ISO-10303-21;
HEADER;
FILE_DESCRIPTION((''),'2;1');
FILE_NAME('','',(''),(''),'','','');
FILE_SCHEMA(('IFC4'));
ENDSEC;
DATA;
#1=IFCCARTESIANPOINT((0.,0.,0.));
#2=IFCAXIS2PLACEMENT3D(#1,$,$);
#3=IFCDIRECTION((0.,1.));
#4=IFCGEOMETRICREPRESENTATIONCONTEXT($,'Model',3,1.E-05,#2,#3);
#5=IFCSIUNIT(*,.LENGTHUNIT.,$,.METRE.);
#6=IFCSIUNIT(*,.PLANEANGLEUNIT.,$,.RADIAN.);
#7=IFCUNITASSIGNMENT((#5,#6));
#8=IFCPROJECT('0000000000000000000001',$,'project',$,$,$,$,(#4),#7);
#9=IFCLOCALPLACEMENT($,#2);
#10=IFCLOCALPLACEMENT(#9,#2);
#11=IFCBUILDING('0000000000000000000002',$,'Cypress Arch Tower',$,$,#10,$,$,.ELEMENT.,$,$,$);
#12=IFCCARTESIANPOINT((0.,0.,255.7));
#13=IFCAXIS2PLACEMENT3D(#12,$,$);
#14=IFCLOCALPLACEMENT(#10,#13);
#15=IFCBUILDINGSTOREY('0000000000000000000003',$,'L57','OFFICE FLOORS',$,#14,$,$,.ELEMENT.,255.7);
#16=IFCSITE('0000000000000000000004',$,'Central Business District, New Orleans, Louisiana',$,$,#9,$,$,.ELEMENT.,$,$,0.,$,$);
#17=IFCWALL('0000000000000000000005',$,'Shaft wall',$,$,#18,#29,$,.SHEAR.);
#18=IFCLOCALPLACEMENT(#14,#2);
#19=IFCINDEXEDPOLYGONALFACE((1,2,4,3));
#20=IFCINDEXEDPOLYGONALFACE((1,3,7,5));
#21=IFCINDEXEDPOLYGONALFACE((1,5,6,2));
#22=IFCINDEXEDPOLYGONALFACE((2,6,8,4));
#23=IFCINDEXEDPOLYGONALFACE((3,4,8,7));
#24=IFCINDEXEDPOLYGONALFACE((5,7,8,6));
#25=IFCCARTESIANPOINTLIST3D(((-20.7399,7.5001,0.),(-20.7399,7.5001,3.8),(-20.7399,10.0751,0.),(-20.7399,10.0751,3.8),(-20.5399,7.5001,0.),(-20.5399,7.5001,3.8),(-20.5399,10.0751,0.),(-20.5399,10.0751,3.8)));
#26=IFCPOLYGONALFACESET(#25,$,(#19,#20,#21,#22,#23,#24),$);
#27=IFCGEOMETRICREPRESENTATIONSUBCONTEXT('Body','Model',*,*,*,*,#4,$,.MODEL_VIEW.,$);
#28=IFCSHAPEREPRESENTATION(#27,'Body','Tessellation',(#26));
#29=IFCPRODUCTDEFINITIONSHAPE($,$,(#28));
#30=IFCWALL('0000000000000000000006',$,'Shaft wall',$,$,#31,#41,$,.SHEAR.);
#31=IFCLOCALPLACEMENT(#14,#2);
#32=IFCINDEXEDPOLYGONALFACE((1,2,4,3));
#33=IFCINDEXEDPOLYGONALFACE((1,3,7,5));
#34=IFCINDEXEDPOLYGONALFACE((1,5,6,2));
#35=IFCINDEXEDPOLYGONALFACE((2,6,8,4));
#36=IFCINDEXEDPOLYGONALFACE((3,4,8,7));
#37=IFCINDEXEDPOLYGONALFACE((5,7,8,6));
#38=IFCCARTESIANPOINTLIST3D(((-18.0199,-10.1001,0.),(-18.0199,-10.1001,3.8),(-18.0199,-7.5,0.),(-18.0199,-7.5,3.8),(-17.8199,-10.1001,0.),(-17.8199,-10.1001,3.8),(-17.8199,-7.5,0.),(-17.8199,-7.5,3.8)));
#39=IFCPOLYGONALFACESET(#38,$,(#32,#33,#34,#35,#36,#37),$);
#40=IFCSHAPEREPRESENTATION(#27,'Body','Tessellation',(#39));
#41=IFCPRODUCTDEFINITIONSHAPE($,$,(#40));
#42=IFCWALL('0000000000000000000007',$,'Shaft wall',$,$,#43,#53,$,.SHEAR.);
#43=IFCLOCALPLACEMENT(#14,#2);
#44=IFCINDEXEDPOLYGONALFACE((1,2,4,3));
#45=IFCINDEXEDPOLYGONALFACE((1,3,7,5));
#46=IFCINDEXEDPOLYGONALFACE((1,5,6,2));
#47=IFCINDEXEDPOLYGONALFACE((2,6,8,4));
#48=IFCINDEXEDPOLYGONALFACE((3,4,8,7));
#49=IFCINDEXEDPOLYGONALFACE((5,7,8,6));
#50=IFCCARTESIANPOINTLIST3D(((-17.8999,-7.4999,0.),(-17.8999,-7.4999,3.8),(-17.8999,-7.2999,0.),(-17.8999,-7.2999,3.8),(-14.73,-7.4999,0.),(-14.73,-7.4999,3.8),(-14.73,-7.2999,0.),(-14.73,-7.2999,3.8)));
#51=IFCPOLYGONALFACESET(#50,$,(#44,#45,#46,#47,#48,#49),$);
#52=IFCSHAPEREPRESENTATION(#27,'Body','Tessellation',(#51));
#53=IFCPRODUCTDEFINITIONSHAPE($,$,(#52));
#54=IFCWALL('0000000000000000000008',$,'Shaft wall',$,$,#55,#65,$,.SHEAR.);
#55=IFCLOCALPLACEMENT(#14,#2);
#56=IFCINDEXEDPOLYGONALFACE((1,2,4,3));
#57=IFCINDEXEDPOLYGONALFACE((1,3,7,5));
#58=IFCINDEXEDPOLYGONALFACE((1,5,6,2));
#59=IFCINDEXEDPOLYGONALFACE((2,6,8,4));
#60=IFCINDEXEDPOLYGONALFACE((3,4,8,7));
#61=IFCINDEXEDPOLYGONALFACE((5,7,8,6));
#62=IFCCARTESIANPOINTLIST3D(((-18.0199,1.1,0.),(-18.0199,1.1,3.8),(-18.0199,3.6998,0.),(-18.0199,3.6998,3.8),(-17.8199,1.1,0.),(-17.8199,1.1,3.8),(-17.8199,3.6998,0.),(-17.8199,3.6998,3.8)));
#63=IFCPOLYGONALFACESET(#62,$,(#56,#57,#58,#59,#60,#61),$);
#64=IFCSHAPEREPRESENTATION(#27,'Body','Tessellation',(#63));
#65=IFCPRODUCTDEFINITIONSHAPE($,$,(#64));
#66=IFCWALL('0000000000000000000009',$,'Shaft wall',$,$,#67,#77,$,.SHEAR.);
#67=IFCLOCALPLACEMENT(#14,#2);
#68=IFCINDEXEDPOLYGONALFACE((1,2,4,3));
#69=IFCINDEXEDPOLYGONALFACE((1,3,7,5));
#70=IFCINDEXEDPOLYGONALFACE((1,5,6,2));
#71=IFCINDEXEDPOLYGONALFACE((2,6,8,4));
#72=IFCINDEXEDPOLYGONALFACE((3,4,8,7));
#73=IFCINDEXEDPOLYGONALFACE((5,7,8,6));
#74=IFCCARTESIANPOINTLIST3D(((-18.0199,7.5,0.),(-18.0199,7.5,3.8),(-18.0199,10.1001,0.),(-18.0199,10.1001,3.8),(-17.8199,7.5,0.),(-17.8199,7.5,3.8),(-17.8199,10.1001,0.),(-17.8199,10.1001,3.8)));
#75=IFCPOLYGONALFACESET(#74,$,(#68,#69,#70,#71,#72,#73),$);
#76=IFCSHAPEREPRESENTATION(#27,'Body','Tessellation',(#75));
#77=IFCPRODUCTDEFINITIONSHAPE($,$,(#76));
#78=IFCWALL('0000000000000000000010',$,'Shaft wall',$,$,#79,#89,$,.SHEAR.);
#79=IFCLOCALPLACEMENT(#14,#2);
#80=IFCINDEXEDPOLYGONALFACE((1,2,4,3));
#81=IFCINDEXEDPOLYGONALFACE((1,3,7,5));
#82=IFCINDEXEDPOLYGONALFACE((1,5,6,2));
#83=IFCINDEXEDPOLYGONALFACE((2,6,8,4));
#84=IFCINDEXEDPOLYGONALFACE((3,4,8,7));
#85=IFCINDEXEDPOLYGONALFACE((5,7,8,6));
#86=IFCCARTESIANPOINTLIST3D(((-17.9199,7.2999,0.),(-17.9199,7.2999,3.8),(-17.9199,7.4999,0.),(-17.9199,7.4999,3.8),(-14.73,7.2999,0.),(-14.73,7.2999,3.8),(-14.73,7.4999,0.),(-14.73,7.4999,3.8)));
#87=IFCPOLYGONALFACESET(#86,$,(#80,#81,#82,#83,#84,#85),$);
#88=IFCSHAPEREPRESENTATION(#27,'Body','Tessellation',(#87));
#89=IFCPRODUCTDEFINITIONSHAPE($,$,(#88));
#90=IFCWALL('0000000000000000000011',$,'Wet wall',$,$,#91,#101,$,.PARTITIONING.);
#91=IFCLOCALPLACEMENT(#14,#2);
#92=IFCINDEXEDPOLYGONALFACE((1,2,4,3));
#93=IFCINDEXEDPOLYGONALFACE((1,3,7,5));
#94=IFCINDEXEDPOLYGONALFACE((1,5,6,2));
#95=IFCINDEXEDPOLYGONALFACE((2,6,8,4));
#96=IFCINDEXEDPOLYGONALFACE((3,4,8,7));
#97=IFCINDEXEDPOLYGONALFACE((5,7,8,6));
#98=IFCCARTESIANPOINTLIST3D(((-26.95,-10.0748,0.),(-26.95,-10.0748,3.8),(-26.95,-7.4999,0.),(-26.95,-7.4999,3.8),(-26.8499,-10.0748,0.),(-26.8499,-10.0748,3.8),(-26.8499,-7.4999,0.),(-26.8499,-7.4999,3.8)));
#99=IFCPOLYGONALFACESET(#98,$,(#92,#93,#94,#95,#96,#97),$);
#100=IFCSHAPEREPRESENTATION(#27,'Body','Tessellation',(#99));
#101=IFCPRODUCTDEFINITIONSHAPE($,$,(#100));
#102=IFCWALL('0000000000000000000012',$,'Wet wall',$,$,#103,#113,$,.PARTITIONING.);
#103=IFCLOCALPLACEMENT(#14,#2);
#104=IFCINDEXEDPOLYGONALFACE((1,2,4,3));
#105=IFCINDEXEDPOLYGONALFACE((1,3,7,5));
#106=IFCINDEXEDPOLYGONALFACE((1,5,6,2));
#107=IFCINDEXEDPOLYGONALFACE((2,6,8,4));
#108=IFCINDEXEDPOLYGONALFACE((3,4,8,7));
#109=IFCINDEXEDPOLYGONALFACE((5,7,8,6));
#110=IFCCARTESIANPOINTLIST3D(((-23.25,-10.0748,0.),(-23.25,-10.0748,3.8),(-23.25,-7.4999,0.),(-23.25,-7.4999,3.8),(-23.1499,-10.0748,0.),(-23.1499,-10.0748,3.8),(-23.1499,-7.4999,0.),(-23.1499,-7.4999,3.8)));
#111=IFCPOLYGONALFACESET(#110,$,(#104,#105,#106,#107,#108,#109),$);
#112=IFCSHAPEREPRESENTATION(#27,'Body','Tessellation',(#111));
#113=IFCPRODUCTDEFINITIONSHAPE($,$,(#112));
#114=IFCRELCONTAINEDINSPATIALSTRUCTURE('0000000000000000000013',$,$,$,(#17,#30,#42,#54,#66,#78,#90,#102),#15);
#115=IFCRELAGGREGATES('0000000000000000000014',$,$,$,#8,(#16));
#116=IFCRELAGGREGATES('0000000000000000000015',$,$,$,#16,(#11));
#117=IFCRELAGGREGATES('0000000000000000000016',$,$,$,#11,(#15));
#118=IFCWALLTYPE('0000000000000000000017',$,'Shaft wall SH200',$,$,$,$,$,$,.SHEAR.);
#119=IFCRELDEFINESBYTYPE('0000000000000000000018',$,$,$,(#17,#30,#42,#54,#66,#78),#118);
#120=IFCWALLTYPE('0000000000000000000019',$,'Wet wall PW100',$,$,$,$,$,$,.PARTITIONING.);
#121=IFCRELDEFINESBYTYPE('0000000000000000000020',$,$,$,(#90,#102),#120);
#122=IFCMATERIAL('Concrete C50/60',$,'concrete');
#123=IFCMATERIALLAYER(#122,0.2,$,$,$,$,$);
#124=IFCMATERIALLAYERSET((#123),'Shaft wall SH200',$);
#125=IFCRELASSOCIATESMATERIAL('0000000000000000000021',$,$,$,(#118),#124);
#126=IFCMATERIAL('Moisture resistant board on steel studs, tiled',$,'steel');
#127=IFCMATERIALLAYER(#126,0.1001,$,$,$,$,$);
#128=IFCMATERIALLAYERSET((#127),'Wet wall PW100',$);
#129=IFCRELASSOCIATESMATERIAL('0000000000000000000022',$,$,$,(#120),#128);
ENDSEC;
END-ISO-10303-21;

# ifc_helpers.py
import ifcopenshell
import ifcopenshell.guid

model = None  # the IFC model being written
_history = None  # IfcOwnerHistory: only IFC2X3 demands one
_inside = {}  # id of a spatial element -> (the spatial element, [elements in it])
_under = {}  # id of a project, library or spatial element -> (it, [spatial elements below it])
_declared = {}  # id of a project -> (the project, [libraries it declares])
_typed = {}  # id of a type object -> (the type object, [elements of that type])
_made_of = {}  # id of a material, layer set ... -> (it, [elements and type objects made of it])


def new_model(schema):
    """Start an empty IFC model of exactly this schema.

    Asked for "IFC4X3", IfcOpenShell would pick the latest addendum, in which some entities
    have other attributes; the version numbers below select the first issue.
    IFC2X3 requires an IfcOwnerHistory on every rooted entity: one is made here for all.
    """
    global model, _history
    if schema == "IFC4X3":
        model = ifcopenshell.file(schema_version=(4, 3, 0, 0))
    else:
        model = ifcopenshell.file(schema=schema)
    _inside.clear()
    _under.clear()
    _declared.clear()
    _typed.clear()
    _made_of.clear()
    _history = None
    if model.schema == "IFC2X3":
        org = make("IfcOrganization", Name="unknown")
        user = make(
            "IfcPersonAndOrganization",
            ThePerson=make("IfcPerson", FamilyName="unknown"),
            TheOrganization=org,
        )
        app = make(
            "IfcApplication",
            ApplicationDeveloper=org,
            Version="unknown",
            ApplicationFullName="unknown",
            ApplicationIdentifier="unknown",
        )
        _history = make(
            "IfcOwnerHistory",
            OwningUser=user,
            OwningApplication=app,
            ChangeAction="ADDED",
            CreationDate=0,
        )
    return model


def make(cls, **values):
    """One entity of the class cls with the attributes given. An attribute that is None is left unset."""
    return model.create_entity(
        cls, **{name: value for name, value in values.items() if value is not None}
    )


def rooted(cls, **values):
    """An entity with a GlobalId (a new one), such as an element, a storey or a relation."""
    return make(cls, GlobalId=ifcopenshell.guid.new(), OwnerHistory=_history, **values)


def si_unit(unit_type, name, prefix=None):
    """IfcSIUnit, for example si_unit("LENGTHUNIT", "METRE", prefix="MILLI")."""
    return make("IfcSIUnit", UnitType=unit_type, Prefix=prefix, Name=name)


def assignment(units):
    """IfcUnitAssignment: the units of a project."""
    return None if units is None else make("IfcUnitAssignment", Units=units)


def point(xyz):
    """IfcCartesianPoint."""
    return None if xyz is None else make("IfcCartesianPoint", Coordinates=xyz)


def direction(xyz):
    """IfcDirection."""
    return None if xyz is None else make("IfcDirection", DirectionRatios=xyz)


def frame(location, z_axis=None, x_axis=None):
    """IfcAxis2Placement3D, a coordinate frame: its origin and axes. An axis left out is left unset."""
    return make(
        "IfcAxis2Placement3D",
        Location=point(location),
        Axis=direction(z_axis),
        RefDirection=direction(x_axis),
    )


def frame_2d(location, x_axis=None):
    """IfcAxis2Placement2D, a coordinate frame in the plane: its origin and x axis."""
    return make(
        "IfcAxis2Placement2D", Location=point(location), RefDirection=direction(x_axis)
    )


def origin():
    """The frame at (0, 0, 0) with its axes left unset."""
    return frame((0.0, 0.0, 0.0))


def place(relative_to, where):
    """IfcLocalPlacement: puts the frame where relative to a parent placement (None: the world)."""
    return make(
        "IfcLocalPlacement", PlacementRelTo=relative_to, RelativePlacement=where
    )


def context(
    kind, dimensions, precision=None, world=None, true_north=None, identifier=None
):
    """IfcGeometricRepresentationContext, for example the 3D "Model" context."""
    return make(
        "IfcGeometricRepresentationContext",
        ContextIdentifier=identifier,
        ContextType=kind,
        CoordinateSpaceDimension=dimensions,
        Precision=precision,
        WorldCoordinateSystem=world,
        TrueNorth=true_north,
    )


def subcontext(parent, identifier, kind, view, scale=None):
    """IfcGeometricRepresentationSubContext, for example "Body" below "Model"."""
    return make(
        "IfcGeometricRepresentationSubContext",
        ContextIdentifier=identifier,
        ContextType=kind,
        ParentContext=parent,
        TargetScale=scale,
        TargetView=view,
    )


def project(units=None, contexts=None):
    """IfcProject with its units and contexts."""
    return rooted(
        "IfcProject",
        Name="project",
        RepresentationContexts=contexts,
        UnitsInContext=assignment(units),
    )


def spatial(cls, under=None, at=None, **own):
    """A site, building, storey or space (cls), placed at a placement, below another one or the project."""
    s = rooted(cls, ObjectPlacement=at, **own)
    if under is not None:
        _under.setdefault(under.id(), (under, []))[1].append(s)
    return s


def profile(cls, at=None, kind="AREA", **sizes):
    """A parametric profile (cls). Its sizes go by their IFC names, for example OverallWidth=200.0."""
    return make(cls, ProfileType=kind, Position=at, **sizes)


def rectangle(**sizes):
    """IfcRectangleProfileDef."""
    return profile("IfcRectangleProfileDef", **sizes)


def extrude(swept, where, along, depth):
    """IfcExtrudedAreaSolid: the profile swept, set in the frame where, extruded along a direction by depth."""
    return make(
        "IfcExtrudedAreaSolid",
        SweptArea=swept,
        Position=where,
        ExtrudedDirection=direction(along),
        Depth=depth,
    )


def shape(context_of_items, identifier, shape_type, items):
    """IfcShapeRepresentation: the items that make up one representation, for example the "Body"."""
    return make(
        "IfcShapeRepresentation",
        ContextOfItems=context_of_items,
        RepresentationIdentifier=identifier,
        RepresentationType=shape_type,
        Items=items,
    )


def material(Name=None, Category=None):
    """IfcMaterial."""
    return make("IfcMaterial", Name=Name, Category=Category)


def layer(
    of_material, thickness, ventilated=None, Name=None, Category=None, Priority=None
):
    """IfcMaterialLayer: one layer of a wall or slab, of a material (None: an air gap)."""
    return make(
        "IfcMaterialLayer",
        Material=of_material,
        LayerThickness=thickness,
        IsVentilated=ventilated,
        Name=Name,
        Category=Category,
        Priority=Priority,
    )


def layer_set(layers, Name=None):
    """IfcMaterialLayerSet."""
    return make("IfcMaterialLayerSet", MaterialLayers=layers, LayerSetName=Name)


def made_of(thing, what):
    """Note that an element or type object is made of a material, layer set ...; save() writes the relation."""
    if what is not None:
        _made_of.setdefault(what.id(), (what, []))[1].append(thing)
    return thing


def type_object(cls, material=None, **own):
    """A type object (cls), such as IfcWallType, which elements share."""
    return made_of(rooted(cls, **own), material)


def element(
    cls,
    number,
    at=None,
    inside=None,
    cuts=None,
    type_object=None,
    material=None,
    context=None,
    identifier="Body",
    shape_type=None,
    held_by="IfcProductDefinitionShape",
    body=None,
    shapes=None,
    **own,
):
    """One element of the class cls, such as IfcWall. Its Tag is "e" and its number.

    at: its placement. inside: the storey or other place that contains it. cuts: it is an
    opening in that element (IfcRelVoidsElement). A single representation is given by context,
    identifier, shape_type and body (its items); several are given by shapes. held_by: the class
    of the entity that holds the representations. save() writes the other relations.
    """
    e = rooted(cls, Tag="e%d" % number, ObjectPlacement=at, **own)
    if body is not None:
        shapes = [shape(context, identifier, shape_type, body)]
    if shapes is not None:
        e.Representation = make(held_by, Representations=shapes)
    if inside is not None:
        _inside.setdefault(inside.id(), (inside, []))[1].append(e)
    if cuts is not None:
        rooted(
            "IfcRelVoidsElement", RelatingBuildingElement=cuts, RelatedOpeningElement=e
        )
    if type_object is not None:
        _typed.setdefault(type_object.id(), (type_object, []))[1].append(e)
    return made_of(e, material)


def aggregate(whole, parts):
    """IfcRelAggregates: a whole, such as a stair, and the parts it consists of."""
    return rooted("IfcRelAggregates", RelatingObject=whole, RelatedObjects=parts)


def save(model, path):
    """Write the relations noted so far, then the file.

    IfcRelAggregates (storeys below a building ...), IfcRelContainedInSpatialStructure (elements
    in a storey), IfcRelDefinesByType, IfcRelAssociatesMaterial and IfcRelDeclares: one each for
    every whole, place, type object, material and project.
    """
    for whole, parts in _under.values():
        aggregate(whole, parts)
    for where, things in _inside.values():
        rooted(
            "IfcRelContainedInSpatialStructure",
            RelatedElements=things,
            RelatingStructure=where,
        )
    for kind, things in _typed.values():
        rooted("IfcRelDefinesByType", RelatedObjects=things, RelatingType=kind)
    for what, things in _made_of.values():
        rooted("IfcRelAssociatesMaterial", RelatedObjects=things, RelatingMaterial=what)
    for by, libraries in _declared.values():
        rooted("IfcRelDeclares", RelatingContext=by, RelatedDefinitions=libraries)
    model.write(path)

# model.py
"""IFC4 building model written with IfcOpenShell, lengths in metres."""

from ifc_helpers import new_model, si_unit, direction, frame, frame_2d, origin, place, context, subcontext, project, spatial, rectangle, extrude, material, layer, layer_set, type_object, element, save


model = new_model("IFC4")

# Units and contexts
model_context = context("Model", 3, precision=1e-05, world=origin(), true_north=direction((0.0, 1.0)))
body_context = subcontext(model_context, "Body", "Model", "MODEL_VIEW")
ifc_project = project(units=[si_unit("LENGTHUNIT", "METRE"), si_unit("PLANEANGLEUNIT", "RADIAN")], contexts=[model_context])

# Site, building, storey
site_placement = place(None, origin())
site = spatial("IfcSite", under=ifc_project, at=site_placement, Name="Central Business District, New Orleans, Louisiana", CompositionType="ELEMENT", RefElevation=0.0)
building_placement = place(site_placement, origin())
building = spatial("IfcBuilding", under=site, at=building_placement, Name="Cypress Arch Tower", CompositionType="ELEMENT")
storey_placement = place(building_placement, frame((0.0, 0.0, 255.7)))
storey = spatial("IfcBuildingStorey", under=building, at=storey_placement, Name="L57", Description="OFFICE FLOORS", CompositionType="ELEMENT", Elevation=255.7)

# Shared definitions
ifc_material_1 = material(Name="Concrete C50/60", Category="concrete")
ifc_layer_1 = layer(ifc_material_1, 0.2)
ifc_layer_set_1 = layer_set([ifc_layer_1], Name="Shaft wall SH200")
wall_type_1 = type_object("IfcWallType", Name="Shaft wall SH200", PredefinedType="SHEAR", material=ifc_layer_set_1)

# Walls
wall_1_placement = place(storey_placement, frame((-20.6399, 7.5, 0.0), z_axis=(0.0, 0.0, 1.0), x_axis=(0.0, 1.0, 0.0)))
element("IfcWall", 1, at=wall_1_placement, inside=storey, type_object=wall_type_1, Name="Shaft wall", PredefinedType="SHEAR", context=body_context, shape_type="SweptSolid", body=[
    extrude(rectangle(XDim=2.575, YDim=0.2, at=frame_2d((1.2876, 0.0))), origin(), (0.0, 0.0, 1.0), 3.8),
])
wall_2_placement = place(storey_placement, frame((-17.9199, -10.1001, 0.0), z_axis=(0.0, 0.0, 1.0), x_axis=(0.0, 1.0, 0.0)))
element("IfcWall", 2, at=wall_2_placement, inside=storey, type_object=wall_type_1, Name="Shaft wall", PredefinedType="SHEAR", context=body_context, shape_type="SweptSolid", body=[
    extrude(rectangle(XDim=2.6001, YDim=0.2, at=frame_2d((1.3, 0.0))), origin(), (0.0, 0.0, 1.0), 3.8),
])
wall_3_placement = place(storey_placement, frame((-17.8999, -7.3999, 0.0), z_axis=(0.0, 0.0, 1.0), x_axis=(1.0, 0.0, 0.0)))
element("IfcWall", 3, at=wall_3_placement, inside=storey, type_object=wall_type_1, Name="Shaft wall", PredefinedType="SHEAR", context=body_context, shape_type="SweptSolid", body=[
    extrude(rectangle(XDim=3.1699, YDim=0.2, at=frame_2d((1.585, 0.0))), origin(), (0.0, 0.0, 1.0), 3.8),
])
wall_4_placement = place(storey_placement, frame((-17.9199, 1.1001, 0.0), z_axis=(0.0, 0.0, 1.0), x_axis=(0.0, 1.0, 0.0)))
element("IfcWall", 4, at=wall_4_placement, inside=storey, type_object=wall_type_1, Name="Shaft wall", PredefinedType="SHEAR", context=body_context, shape_type="SweptSolid", body=[
    extrude(rectangle(XDim=2.5999, YDim=0.2, at=frame_2d((1.2998, 0.0))), origin(), (0.0, 0.0, 1.0), 3.8),
])
wall_5_placement = place(storey_placement, frame((-17.9199, 7.5, 0.0), z_axis=(0.0, 0.0, 1.0), x_axis=(0.0, 1.0, 0.0)))
element("IfcWall", 5, at=wall_5_placement, inside=storey, type_object=wall_type_1, Name="Shaft wall", PredefinedType="SHEAR", context=body_context, shape_type="SweptSolid", body=[
    extrude(rectangle(XDim=2.6001, YDim=0.2, at=frame_2d((1.3, 0.0))), origin(), (0.0, 0.0, 1.0), 3.8),
])
wall_6_placement = place(storey_placement, frame((-17.9199, 7.3999, 0.0), z_axis=(0.0, 0.0, 1.0), x_axis=(1.0, 0.0, 0.0)))
element("IfcWall", 6, at=wall_6_placement, inside=storey, type_object=wall_type_1, Name="Shaft wall", PredefinedType="SHEAR", context=body_context, shape_type="SweptSolid", body=[
    extrude(rectangle(XDim=3.1899, YDim=0.2, at=frame_2d((1.595, 0.0))), origin(), (0.0, 0.0, 1.0), 3.8),
])
ifc_material_2 = material(Name="Moisture resistant board on steel studs, tiled", Category="steel")
ifc_layer_2 = layer(ifc_material_2, 0.1001)
ifc_layer_set_2 = layer_set([ifc_layer_2], Name="Wet wall PW100")
wall_type_2 = type_object("IfcWallType", Name="Wet wall PW100", PredefinedType="PARTITIONING", material=ifc_layer_set_2)
for number, where, z_axis, x_axis, name in (
    (7, (-26.8999, -10.075, 0.0), (0.0, 0.0, 1.0), (0.0, 1.0, 0.0), "Wet wall"),
    (8, (-23.2, -10.075, 0.0), (0.0, 0.0, 1.0), (0.0, 1.0, 0.0), "Wet wall"),
):
    element("IfcWall", number, at=place(storey_placement, frame(where, z_axis=z_axis, x_axis=x_axis)), inside=storey, type_object=wall_type_2, Name=name, PredefinedType="PARTITIONING", context=body_context, shape_type="SweptSolid", body=[
        extrude(rectangle(XDim=2.575, YDim=0.1001, at=frame_2d((1.2876, 0.0))), origin(), (0.0, 0.0, 1.0), 3.8),
    ])

save(model, "model.ifc")
